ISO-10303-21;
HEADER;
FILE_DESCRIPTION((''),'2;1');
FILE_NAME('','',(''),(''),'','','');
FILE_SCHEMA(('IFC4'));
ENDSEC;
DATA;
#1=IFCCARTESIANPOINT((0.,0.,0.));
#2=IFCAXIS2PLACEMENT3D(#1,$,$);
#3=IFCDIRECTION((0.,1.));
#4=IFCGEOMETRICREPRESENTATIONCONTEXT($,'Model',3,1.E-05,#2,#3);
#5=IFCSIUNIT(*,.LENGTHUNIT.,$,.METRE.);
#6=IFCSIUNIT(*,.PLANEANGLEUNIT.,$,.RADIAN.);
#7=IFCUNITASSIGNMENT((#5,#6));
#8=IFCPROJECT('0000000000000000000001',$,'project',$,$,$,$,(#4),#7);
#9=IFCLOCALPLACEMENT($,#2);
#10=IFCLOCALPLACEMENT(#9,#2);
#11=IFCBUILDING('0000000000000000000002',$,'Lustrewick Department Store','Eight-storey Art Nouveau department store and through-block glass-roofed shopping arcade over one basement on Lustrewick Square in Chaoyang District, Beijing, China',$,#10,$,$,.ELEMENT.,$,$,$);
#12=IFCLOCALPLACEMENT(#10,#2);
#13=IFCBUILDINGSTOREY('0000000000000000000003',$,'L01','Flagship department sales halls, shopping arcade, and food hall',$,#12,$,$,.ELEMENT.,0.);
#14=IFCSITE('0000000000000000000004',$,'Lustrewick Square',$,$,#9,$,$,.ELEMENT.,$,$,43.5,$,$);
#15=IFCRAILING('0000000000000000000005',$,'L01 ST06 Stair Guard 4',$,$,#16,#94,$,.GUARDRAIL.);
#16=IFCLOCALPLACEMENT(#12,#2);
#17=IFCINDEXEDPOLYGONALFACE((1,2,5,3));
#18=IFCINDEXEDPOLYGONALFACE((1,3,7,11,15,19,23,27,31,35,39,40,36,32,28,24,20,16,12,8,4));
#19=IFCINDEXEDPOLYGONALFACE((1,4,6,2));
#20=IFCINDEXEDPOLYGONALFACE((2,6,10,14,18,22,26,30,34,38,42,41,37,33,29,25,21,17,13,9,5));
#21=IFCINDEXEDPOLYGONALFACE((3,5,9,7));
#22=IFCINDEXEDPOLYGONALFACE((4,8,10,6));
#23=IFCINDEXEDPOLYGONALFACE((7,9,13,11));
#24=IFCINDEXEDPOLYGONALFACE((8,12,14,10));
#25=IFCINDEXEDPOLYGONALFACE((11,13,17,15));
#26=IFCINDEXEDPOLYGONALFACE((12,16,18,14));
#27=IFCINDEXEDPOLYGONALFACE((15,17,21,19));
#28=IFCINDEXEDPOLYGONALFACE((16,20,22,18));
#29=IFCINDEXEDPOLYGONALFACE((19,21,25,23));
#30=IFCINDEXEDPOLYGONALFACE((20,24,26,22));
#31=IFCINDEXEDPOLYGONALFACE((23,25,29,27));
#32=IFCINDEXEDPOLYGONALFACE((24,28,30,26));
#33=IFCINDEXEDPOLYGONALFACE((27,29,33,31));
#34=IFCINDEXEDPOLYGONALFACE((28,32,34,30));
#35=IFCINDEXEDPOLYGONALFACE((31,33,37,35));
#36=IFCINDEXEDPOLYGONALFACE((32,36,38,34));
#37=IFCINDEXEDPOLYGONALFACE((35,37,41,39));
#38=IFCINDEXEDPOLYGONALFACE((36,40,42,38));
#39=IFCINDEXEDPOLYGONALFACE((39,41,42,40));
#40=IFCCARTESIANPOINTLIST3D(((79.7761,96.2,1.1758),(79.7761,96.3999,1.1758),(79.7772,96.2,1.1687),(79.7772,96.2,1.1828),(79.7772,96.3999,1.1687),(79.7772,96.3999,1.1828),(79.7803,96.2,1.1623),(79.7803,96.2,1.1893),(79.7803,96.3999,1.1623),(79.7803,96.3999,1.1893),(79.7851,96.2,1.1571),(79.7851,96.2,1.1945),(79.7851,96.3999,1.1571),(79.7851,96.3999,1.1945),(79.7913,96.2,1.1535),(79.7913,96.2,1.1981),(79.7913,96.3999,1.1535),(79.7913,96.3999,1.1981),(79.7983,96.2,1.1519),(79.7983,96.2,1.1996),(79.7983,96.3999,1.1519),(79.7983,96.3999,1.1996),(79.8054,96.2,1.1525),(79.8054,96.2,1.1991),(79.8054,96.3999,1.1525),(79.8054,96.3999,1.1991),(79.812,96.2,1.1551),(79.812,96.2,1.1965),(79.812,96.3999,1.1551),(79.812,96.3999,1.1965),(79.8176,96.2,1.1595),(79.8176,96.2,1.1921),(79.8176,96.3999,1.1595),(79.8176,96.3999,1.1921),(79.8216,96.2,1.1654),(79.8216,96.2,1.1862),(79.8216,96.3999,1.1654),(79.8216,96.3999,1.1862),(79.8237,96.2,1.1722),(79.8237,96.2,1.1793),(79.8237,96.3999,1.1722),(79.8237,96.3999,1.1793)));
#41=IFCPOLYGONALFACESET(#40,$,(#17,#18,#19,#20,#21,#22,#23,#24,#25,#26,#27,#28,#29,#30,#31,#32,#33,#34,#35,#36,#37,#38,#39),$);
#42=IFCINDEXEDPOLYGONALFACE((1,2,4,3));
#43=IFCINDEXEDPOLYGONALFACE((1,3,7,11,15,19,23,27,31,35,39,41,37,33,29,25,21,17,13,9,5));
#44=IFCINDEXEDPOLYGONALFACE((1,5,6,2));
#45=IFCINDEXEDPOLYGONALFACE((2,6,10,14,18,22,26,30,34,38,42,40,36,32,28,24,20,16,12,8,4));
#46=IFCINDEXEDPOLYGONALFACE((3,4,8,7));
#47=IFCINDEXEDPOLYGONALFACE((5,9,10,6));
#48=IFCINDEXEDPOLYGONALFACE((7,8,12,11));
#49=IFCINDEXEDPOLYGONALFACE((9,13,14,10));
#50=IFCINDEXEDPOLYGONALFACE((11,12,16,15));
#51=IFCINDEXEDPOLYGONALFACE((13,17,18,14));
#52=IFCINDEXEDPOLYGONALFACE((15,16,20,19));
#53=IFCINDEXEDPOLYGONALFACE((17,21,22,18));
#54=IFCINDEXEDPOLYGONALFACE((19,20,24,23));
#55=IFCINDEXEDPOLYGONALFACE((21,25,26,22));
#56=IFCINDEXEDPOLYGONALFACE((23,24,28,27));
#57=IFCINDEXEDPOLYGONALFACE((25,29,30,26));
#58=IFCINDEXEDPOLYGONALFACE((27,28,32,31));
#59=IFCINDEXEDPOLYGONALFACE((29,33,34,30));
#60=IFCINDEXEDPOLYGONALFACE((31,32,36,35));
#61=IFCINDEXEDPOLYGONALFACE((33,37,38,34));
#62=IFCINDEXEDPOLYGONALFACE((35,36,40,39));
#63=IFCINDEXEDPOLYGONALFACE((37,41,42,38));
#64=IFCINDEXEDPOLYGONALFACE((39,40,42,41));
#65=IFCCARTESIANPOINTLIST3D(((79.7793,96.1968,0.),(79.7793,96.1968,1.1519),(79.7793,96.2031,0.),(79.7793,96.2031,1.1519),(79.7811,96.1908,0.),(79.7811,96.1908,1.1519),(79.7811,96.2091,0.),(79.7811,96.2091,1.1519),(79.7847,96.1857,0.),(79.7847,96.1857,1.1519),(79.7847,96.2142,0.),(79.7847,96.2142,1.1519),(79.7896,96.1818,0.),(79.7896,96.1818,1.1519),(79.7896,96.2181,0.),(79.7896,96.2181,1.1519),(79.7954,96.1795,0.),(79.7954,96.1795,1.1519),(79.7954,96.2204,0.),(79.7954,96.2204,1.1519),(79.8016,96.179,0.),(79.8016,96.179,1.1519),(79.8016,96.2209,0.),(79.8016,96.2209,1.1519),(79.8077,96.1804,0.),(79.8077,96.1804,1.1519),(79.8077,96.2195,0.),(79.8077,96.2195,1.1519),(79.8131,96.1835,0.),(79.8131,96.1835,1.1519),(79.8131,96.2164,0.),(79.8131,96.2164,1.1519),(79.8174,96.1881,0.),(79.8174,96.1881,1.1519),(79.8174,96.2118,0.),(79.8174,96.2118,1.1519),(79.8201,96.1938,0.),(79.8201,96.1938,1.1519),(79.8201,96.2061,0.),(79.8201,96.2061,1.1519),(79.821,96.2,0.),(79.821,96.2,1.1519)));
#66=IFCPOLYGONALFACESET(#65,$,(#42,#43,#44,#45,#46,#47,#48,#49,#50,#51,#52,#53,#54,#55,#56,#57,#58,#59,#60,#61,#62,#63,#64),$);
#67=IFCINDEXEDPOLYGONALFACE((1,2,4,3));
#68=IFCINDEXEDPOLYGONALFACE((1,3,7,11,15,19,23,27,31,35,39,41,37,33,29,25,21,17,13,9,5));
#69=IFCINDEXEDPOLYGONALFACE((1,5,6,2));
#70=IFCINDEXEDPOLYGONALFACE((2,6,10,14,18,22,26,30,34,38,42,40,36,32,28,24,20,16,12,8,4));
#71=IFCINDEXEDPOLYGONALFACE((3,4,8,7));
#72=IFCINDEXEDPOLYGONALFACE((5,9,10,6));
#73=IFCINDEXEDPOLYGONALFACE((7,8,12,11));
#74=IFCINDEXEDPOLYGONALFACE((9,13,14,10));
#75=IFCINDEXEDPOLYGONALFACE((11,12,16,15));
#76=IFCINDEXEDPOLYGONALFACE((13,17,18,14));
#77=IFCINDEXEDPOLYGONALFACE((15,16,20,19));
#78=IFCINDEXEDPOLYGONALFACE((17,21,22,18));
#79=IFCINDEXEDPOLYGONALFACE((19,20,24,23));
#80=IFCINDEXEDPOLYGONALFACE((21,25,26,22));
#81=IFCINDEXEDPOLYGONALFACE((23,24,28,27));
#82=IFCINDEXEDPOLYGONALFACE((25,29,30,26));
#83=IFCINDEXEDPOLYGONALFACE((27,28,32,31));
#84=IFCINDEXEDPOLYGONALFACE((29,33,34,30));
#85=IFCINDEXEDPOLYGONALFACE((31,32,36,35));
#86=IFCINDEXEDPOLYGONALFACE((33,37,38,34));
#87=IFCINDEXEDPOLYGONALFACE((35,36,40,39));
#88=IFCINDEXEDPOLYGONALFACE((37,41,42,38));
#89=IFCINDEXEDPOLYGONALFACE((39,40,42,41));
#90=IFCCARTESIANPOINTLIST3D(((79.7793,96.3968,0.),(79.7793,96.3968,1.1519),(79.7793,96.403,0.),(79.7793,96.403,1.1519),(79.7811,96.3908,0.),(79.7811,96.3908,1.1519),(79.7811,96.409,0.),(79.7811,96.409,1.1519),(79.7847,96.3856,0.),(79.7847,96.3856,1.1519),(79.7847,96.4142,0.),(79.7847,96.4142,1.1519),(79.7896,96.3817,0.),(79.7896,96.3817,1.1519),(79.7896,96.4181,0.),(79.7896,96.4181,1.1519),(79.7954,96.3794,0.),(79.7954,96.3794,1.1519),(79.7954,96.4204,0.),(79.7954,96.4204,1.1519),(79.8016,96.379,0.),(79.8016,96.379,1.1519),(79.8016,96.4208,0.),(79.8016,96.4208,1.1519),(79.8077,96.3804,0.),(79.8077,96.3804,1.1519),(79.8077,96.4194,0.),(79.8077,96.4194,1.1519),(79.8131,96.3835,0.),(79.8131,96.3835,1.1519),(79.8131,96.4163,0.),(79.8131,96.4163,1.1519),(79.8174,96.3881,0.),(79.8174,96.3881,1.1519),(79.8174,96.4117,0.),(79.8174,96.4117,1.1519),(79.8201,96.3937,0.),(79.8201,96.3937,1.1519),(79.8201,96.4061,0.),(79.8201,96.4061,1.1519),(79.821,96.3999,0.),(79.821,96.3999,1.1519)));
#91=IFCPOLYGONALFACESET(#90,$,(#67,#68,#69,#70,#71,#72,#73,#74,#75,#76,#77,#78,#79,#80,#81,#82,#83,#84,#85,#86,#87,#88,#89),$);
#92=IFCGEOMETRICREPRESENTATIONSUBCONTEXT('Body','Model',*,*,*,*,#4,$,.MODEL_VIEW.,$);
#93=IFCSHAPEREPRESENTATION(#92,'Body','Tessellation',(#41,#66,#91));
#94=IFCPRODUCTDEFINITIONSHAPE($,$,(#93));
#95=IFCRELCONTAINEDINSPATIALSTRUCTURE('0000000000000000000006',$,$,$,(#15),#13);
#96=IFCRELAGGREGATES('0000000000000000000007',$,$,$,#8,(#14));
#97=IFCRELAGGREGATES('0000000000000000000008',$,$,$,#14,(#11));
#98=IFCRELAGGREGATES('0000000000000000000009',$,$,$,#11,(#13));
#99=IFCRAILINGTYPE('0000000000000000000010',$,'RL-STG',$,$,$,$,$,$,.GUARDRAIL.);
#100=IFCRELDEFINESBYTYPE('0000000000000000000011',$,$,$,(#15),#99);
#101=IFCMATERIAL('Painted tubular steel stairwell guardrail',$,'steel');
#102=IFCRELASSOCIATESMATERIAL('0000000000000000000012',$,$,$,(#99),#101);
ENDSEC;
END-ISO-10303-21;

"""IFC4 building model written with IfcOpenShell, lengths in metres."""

from ifc_helpers import new_model, si_unit, direction, frame, origin, origin_2d, place, context, subcontext, project, spatial, circle, extrude, material, type_object, element, save


model = new_model("IFC4")

# Units and contexts
model_context = context("Model", 3, precision=1e-05, world=origin(), true_north=direction((0.0, 1.0)))
body_context = subcontext(model_context, "Body", "Model", "MODEL_VIEW")
ifc_project = project(units=[si_unit("LENGTHUNIT", "METRE"), si_unit("PLANEANGLEUNIT", "RADIAN")], contexts=[model_context])

# Site, building, storey
site_placement = place(None, origin())
site = spatial("IfcSite", under=ifc_project, at=site_placement, Name="Lustrewick Square", CompositionType="ELEMENT", RefElevation=43.5)
building_placement = place(site_placement, origin())
building = spatial("IfcBuilding", under=site, at=building_placement, Name="Lustrewick Department Store", Description="Eight-storey Art Nouveau department store and through-block glass-roofed shopping arcade over one basement on Lustrewick Square in Chaoyang District, Beijing, China", CompositionType="ELEMENT")
storey_placement = place(building_placement, origin())
storey = spatial("IfcBuildingStorey", under=building, at=storey_placement, Name="L01", Description="Flagship department sales halls, shopping arcade, and food hall", CompositionType="ELEMENT", Elevation=0.0)

# Railing
ifc_material_1 = material(Name="Painted tubular steel stairwell guardrail", Category="steel")
railing_type_1 = type_object("IfcRailingType", Name="RL-STG", PredefinedType="GUARDRAIL", material=ifc_material_1)
railing_1_placement = place(storey_placement, frame((79.8, 96.2, 0.0)))
element("IfcRailing", 1, at=railing_1_placement, inside=storey, type_object=railing_type_1, Name="L01 ST06 Stair Guard 4", PredefinedType="GUARDRAIL", context=body_context, shape_type="SweptSolid", body=[
    extrude(circle(Radius=0.0239, at=origin_2d()), frame((0.0, 0.0, 1.1758), z_axis=(0.0, 1.0, 0.0), x_axis=(-1.0, 0.0, 0.0)), (0.0, 0.0, 1.0), 0.2),
    extrude(circle(Radius=0.021, at=origin_2d()), origin(), (0.0, 0.0, 1.0), 1.1519),
    extrude(circle(Radius=0.021, at=origin_2d()), frame((0.0, 0.2, 0.0)), (0.0, 0.0, 1.0), 1.1519),
])

save(model, "model.ifc")
